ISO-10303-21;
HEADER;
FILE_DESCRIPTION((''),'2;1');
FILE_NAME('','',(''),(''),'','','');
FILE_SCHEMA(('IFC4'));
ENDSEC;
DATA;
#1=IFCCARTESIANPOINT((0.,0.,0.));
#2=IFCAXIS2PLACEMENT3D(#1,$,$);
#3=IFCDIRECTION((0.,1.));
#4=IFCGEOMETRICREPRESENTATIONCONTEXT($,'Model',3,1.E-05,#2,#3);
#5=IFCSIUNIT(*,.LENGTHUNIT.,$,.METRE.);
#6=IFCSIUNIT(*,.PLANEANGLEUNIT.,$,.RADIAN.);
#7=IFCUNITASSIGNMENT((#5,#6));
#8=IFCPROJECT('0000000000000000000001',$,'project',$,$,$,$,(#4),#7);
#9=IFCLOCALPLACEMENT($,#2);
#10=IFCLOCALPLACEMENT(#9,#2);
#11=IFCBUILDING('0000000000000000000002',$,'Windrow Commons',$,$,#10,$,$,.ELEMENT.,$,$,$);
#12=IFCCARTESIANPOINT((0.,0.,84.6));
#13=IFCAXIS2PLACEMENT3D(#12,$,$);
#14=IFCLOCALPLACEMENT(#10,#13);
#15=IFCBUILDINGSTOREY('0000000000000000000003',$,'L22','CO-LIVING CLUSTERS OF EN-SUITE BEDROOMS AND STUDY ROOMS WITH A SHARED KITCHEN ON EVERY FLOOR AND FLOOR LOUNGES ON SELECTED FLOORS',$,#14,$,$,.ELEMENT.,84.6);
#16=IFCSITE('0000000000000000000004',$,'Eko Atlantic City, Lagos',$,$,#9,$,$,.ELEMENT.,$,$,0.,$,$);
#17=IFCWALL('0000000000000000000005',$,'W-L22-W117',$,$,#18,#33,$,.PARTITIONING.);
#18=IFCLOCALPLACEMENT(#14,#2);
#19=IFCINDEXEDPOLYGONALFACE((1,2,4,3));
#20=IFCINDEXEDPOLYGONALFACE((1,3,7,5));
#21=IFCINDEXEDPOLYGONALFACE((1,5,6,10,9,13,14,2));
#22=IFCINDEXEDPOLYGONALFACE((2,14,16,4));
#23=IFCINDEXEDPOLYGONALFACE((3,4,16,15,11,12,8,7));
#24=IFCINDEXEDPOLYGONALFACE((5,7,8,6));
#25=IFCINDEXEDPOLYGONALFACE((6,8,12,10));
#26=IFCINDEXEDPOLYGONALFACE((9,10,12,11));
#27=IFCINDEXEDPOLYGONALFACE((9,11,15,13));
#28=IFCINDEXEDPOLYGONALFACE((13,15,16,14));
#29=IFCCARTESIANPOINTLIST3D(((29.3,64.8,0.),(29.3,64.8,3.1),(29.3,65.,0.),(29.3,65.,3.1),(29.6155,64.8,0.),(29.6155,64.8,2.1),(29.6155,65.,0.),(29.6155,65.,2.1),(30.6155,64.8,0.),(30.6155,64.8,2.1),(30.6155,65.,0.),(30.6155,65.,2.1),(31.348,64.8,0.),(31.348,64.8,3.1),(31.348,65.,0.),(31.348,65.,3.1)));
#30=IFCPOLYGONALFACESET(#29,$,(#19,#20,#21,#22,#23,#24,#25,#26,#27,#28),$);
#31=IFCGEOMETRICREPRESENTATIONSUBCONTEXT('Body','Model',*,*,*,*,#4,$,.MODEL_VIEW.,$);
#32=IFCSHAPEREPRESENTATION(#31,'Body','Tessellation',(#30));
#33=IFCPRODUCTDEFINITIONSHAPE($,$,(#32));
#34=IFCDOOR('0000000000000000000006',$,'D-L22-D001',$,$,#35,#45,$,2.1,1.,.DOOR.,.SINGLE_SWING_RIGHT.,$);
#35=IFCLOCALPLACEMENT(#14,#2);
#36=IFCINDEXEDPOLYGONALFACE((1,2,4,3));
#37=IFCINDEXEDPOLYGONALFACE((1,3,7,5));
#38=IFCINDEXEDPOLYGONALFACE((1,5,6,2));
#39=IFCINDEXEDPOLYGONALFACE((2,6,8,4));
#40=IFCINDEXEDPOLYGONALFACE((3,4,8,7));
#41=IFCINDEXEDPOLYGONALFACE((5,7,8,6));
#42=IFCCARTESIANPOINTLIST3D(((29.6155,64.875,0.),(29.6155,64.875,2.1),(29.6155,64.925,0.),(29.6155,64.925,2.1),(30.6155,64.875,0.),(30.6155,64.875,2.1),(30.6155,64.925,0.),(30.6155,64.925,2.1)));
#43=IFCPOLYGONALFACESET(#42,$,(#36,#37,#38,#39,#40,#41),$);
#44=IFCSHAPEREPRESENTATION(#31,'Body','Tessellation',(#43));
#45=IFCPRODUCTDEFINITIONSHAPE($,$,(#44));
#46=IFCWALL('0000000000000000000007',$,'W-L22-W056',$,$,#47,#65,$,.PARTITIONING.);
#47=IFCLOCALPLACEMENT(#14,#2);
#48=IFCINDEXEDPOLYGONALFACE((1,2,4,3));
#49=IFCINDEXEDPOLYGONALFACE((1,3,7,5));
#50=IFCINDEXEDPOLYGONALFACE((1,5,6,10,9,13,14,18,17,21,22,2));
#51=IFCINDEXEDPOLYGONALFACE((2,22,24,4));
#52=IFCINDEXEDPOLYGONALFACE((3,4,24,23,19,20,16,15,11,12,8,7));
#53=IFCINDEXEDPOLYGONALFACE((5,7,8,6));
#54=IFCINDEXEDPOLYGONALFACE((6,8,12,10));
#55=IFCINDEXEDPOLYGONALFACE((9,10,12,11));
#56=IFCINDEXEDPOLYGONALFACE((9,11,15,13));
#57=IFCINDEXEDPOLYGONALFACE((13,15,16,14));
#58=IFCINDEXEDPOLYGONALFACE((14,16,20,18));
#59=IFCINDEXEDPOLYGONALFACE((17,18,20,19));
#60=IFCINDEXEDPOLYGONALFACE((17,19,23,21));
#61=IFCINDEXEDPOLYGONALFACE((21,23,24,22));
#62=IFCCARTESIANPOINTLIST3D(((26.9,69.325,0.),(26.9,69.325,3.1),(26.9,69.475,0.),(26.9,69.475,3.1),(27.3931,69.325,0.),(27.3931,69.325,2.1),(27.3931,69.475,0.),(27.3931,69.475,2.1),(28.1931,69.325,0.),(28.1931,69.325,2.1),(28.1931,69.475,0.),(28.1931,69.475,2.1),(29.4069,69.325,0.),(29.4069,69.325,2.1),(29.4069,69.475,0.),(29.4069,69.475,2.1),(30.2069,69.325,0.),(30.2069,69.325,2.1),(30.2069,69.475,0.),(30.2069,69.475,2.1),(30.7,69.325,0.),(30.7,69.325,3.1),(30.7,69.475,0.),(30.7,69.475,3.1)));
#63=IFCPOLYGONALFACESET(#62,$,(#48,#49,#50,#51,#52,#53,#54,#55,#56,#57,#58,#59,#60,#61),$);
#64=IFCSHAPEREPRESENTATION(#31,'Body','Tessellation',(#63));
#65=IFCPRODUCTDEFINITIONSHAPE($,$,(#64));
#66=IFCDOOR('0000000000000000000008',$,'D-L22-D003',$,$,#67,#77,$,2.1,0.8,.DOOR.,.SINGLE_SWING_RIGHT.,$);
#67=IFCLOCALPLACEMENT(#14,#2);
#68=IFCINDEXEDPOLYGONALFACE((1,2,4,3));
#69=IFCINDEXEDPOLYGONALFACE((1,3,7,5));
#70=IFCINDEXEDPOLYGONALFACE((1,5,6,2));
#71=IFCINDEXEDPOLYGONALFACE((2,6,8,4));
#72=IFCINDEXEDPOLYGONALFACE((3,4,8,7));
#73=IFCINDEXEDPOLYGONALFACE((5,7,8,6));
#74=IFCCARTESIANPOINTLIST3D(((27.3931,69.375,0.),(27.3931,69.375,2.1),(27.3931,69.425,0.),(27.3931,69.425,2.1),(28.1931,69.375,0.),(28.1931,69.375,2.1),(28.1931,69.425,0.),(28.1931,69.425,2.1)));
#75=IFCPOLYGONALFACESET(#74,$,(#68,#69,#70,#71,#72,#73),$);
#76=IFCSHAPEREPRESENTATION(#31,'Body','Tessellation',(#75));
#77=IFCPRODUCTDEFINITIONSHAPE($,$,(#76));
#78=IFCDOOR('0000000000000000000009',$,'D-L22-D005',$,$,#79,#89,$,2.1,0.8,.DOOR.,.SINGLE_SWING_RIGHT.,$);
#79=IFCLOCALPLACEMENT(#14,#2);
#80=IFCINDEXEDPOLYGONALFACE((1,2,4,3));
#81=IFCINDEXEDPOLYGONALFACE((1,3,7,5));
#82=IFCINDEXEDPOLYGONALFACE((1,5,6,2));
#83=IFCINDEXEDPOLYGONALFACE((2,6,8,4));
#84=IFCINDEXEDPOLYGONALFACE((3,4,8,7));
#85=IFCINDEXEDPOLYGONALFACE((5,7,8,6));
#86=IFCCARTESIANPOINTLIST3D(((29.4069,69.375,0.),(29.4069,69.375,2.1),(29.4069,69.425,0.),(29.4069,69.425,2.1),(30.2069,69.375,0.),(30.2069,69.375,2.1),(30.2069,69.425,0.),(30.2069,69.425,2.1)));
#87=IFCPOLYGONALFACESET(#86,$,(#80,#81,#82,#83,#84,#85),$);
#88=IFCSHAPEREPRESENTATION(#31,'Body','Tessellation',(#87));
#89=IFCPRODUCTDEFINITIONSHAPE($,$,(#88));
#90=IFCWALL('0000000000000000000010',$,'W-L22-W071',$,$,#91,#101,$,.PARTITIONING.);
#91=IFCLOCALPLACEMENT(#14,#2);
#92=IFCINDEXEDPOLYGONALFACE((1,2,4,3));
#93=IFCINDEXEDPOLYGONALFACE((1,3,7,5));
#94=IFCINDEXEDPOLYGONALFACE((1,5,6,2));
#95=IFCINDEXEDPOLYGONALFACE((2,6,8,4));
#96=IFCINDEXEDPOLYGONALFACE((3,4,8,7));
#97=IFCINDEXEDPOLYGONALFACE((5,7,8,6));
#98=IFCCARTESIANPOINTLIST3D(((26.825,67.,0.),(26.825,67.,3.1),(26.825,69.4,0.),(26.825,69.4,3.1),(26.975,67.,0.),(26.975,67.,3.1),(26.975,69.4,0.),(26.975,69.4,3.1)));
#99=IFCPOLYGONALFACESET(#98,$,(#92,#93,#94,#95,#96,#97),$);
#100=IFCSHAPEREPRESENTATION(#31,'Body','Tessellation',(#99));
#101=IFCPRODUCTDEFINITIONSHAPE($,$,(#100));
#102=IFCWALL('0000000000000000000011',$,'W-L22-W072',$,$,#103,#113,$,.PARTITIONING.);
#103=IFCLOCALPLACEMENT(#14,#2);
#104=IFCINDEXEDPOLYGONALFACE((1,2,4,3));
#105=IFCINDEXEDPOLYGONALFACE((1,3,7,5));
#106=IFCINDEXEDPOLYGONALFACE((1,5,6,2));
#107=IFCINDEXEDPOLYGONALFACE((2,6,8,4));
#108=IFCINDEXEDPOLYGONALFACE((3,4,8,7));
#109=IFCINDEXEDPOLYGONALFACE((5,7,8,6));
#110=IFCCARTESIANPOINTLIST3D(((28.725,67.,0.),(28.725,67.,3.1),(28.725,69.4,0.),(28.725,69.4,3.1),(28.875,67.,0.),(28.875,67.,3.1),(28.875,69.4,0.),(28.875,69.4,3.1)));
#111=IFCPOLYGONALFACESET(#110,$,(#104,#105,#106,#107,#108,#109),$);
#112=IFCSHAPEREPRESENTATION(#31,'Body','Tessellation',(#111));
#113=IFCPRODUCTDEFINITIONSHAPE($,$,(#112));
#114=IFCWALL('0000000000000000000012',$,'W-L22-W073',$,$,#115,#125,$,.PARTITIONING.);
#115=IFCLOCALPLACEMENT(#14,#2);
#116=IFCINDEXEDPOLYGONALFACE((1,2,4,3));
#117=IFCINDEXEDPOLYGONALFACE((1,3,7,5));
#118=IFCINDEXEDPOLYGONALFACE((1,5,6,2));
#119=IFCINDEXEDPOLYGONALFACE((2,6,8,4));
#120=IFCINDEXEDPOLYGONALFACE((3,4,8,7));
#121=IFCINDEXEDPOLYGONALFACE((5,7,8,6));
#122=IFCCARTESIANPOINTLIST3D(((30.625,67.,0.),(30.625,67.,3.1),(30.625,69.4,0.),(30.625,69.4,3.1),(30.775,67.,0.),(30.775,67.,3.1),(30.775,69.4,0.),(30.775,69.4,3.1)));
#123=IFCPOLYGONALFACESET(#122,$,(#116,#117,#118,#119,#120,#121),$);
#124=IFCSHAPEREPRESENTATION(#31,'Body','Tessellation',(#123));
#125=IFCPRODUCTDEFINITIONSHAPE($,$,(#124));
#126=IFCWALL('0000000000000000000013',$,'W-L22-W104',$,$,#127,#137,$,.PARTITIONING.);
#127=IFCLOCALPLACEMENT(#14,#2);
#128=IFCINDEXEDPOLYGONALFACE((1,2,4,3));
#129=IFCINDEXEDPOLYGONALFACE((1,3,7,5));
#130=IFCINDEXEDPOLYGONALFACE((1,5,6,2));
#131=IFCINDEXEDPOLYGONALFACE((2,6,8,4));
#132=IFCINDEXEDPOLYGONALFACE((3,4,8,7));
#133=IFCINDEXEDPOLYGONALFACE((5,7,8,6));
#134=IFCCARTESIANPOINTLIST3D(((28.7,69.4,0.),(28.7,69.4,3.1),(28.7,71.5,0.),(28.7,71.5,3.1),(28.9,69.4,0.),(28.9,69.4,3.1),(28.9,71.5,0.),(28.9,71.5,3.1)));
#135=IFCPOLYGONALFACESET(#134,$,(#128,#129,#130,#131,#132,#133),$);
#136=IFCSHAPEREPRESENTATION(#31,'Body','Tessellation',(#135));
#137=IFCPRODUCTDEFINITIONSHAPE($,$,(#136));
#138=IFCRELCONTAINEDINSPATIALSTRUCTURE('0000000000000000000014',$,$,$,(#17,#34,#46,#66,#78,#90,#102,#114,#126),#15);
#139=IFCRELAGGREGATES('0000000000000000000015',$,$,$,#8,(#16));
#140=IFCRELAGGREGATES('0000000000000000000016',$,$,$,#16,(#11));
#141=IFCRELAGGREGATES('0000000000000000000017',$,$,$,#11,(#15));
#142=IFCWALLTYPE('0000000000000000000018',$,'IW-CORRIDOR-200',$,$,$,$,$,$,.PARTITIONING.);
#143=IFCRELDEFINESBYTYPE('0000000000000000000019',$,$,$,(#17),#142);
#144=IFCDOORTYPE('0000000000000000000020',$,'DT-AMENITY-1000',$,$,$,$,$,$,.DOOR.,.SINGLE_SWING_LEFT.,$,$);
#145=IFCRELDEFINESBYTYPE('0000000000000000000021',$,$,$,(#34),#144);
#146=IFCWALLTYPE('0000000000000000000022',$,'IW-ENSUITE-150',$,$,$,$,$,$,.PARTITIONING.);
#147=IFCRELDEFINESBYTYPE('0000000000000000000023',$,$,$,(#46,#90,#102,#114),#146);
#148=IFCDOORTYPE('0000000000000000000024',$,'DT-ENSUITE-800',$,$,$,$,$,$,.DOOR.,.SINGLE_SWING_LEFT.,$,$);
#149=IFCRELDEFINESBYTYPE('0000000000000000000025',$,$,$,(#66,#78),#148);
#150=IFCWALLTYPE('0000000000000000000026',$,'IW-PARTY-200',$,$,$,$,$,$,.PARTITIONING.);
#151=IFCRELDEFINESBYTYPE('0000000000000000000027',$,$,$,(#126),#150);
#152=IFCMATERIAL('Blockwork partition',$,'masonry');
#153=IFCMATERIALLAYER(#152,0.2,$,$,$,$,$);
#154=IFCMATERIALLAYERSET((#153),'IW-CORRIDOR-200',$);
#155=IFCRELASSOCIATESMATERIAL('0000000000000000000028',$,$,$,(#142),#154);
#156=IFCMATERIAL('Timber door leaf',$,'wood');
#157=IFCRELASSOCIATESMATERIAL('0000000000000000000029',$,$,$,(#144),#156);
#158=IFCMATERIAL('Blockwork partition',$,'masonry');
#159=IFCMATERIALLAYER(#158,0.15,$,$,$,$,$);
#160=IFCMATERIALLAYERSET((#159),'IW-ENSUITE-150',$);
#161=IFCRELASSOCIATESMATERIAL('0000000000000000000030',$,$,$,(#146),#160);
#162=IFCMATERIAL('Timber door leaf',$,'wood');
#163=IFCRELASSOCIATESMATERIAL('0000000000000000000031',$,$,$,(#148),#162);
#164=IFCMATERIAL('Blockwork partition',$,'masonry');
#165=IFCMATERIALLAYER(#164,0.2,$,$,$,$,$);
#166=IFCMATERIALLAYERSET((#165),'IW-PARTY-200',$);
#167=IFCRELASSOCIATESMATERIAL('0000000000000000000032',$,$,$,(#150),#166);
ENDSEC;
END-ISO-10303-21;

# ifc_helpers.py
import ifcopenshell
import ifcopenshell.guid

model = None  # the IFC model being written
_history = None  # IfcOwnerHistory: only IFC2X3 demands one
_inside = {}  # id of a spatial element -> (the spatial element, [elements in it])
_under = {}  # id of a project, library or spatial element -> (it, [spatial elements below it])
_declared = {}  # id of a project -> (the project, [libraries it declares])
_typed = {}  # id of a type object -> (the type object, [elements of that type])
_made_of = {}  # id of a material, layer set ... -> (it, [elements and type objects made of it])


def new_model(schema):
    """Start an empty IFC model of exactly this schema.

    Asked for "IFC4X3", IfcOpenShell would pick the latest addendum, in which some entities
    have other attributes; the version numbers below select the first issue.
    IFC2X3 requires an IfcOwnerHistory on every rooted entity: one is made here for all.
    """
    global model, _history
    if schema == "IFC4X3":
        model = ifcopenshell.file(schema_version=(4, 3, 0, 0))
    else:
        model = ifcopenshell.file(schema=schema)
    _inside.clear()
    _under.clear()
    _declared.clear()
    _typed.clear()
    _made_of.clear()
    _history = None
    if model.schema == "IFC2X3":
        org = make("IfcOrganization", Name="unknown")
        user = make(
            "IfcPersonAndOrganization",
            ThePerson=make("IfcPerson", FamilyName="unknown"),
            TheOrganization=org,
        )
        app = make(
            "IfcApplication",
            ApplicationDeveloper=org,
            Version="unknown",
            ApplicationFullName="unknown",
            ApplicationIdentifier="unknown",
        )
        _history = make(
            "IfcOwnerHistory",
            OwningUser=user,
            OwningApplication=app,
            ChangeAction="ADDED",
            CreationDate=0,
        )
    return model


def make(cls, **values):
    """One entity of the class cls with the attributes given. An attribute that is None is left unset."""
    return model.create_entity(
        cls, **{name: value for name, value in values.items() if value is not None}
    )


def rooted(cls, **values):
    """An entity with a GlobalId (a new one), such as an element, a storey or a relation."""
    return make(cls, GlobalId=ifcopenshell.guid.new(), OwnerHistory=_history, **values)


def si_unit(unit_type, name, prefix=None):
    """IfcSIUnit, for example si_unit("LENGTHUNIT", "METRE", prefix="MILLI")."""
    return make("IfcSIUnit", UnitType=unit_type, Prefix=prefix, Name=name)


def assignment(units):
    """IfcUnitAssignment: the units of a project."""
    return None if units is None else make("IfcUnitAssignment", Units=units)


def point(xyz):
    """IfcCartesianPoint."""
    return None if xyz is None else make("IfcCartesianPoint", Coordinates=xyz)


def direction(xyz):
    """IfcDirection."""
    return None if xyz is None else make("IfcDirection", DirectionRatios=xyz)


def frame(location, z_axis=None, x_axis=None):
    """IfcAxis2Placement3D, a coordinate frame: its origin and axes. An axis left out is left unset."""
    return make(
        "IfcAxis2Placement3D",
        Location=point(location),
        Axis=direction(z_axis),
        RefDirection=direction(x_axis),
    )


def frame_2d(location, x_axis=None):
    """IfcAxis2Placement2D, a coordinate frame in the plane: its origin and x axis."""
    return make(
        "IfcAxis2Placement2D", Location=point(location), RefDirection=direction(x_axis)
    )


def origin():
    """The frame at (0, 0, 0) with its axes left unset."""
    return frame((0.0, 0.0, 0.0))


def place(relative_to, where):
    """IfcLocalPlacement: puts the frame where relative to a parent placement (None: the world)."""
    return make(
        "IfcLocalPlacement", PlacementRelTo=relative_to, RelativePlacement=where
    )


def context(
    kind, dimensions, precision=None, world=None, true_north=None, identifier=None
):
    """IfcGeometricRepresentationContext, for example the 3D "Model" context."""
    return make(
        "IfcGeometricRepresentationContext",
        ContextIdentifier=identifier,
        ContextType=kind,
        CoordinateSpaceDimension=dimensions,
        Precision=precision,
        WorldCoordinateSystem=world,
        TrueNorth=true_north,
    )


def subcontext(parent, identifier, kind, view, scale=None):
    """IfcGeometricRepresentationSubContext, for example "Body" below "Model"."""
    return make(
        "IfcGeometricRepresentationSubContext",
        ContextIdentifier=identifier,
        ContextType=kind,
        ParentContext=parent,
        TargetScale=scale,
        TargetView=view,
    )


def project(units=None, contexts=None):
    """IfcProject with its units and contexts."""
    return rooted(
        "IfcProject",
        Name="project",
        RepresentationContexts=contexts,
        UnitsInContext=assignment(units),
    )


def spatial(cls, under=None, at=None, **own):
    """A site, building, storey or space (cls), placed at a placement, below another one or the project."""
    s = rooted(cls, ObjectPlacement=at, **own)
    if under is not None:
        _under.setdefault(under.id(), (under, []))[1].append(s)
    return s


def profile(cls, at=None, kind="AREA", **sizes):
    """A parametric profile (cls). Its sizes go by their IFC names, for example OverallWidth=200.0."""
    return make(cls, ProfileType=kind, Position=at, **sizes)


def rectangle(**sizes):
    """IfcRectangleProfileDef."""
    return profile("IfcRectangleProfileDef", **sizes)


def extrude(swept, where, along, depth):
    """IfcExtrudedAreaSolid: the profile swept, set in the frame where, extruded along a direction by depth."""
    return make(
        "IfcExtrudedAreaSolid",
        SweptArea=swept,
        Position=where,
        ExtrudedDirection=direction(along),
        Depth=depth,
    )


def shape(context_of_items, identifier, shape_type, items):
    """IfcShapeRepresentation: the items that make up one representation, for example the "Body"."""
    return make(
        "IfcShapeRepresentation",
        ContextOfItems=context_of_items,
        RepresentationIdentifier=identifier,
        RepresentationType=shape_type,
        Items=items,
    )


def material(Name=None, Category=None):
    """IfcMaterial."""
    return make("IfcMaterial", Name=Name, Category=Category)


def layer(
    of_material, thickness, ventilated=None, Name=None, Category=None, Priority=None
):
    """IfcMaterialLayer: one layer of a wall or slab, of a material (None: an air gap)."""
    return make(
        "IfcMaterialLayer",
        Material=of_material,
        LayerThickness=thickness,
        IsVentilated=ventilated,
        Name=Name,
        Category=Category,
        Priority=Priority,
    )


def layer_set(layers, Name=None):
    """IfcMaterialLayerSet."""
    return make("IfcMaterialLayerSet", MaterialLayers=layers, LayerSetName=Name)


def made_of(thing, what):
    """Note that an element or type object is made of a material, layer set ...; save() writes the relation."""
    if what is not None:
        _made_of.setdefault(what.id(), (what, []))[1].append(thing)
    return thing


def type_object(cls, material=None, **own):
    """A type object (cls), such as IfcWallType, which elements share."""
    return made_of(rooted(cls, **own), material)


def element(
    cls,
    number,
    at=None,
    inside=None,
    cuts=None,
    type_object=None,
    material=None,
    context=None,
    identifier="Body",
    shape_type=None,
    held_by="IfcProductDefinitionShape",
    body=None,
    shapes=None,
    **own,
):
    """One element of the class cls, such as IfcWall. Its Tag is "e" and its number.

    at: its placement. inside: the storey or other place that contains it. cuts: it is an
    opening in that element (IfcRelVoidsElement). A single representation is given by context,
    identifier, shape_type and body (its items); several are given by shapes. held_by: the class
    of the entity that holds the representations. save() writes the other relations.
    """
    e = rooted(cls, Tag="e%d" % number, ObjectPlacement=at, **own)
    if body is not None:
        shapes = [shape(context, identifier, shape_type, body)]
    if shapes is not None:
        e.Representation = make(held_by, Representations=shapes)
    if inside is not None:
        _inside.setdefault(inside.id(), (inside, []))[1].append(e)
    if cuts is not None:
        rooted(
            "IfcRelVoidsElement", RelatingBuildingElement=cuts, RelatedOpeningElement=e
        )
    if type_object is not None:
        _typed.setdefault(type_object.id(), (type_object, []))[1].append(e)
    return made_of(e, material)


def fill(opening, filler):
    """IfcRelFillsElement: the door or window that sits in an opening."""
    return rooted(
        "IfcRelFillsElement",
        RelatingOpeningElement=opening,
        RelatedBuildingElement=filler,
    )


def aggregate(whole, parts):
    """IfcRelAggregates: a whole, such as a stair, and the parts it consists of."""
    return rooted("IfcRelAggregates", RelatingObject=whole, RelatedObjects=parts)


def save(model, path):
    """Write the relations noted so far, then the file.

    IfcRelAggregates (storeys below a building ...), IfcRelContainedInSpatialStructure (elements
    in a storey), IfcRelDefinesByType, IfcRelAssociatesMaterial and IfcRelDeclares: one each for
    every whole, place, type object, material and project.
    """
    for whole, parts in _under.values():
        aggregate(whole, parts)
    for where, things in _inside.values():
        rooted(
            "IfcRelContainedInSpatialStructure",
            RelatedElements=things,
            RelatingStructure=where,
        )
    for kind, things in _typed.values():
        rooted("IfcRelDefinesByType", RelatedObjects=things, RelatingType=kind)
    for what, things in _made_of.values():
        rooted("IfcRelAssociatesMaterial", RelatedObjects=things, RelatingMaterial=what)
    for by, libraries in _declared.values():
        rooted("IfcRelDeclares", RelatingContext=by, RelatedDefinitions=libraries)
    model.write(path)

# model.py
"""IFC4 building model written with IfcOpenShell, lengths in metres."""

from ifc_helpers import new_model, si_unit, direction, frame, frame_2d, origin, place, context, subcontext, project, spatial, rectangle, extrude, material, layer, layer_set, type_object, element, fill, save


model = new_model("IFC4")

# Units and contexts
model_context = context("Model", 3, precision=1e-05, world=origin(), true_north=direction((0.0, 1.0)))
body_context = subcontext(model_context, "Body", "Model", "MODEL_VIEW")
ifc_project = project(units=[si_unit("LENGTHUNIT", "METRE"), si_unit("PLANEANGLEUNIT", "RADIAN")], contexts=[model_context])

# Site, building, storey
site_placement = place(None, origin())
site = spatial("IfcSite", under=ifc_project, at=site_placement, Name="Eko Atlantic City, Lagos", CompositionType="ELEMENT", RefElevation=0.0)
building_placement = place(site_placement, origin())
building = spatial("IfcBuilding", under=site, at=building_placement, Name="Windrow Commons", CompositionType="ELEMENT")
storey_placement = place(building_placement, frame((0.0, 0.0, 84.6)))
storey = spatial("IfcBuildingStorey", under=building, at=storey_placement, Name="L22", Description="CO-LIVING CLUSTERS OF EN-SUITE BEDROOMS AND STUDY ROOMS WITH A SHARED KITCHEN ON EVERY FLOOR AND FLOOR LOUNGES ON SELECTED FLOORS", CompositionType="ELEMENT", Elevation=84.6)

# Wall, opening, door
ifc_material_1 = material(Name="Blockwork partition", Category="masonry")
ifc_layer_1 = layer(ifc_material_1, 0.2)
ifc_layer_set_1 = layer_set([ifc_layer_1], Name="IW-CORRIDOR-200")
wall_type_1 = type_object("IfcWallType", Name="IW-CORRIDOR-200", PredefinedType="PARTITIONING", material=ifc_layer_set_1)
wall_1_placement = place(storey_placement, frame((29.3, 64.9, 0.0), z_axis=(0.0, 0.0, 1.0), x_axis=(1.0, 0.0, 0.0)))
wall_1 = element("IfcWall", 1, at=wall_1_placement, inside=storey, type_object=wall_type_1, Name="W-L22-W117", PredefinedType="PARTITIONING", context=body_context, shape_type="SweptSolid", body=[
    extrude(rectangle(XDim=2.048, YDim=0.2, at=frame_2d((1.024, 0.0))), origin(), (0.0, 0.0, 1.0), 3.1),
])
opening_1_placement = place(wall_1_placement, frame((0.3155, 0.0, 0.0)))
opening_1 = element("IfcOpeningElement", 2, at=opening_1_placement, cuts=wall_1, PredefinedType="OPENING", context=body_context, shape_type="SweptSolid", body=[
    extrude(rectangle(XDim=1.0, YDim=2.1, at=frame_2d((0.5, 1.05))), frame((0.0, 0.11, 0.0), z_axis=(0.0, -1.0, 0.0), x_axis=(1.0, 0.0, 0.0)), (0.0, 0.0, 1.0), 0.22),
])
ifc_material_2 = material(Name="Timber door leaf", Category="wood")
door_type_1 = type_object("IfcDoorType", Name="DT-AMENITY-1000", OperationType="SINGLE_SWING_LEFT", PredefinedType="DOOR", material=ifc_material_2)
door_1_placement = place(opening_1_placement, origin())
door_1 = element("IfcDoor", 3, at=door_1_placement, inside=storey, type_object=door_type_1, Name="D-L22-D001", OperationType="SINGLE_SWING_RIGHT", OverallHeight=2.1, OverallWidth=1.0, PredefinedType="DOOR", context=body_context, shape_type="SweptSolid", body=[
    extrude(rectangle(XDim=1.0, YDim=2.1, at=frame_2d((0.5, 1.05))), frame((0.0, 0.025, 0.0), z_axis=(0.0, -1.0, 0.0), x_axis=(1.0, 0.0, 0.0)), (0.0, 0.0, 1.0), 0.05),
])
fill(opening_1, door_1)

# Wall, openings, doors
ifc_material_3 = material(Name="Blockwork partition", Category="masonry")
ifc_layer_2 = layer(ifc_material_3, 0.15)
ifc_layer_set_2 = layer_set([ifc_layer_2], Name="IW-ENSUITE-150")
wall_type_2 = type_object("IfcWallType", Name="IW-ENSUITE-150", PredefinedType="PARTITIONING", material=ifc_layer_set_2)
wall_2_placement = place(storey_placement, frame((26.9, 69.4, 0.0), z_axis=(0.0, 0.0, 1.0), x_axis=(1.0, 0.0, 0.0)))
wall_2 = element("IfcWall", 4, at=wall_2_placement, inside=storey, type_object=wall_type_2, Name="W-L22-W056", PredefinedType="PARTITIONING", context=body_context, shape_type="SweptSolid", body=[
    extrude(rectangle(XDim=3.8, YDim=0.15, at=frame_2d((1.9, 0.0))), origin(), (0.0, 0.0, 1.0), 3.1),
])
opening_2_placement = place(wall_2_placement, frame((0.4931, 0.0, 0.0)))
opening_2 = element("IfcOpeningElement", 5, at=opening_2_placement, cuts=wall_2, PredefinedType="OPENING", context=body_context, shape_type="SweptSolid", body=[
    extrude(rectangle(XDim=0.8, YDim=2.1, at=frame_2d((0.4, 1.05))), frame((0.0, 0.085, 0.0), z_axis=(0.0, -1.0, 0.0), x_axis=(1.0, 0.0, 0.0)), (0.0, 0.0, 1.0), 0.17),
])
opening_3_placement = place(wall_2_placement, frame((2.5069, 0.0, 0.0)))
opening_3 = element("IfcOpeningElement", 6, at=opening_3_placement, cuts=wall_2, PredefinedType="OPENING", context=body_context, shape_type="SweptSolid", body=[
    extrude(rectangle(XDim=0.8, YDim=2.1, at=frame_2d((0.4, 1.05))), frame((0.0, 0.085, 0.0), z_axis=(0.0, -1.0, 0.0), x_axis=(1.0, 0.0, 0.0)), (0.0, 0.0, 1.0), 0.17),
])
ifc_material_4 = material(Name="Timber door leaf", Category="wood")
door_type_2 = type_object("IfcDoorType", Name="DT-ENSUITE-800", OperationType="SINGLE_SWING_LEFT", PredefinedType="DOOR", material=ifc_material_4)
door_2_placement = place(opening_2_placement, origin())
door_2 = element("IfcDoor", 7, at=door_2_placement, inside=storey, type_object=door_type_2, Name="D-L22-D003", OperationType="SINGLE_SWING_RIGHT", OverallHeight=2.1, OverallWidth=0.8, PredefinedType="DOOR", context=body_context, shape_type="SweptSolid", body=[
    extrude(rectangle(XDim=0.8, YDim=2.1, at=frame_2d((0.4, 1.05))), frame((0.0, 0.025, 0.0), z_axis=(0.0, -1.0, 0.0), x_axis=(1.0, 0.0, 0.0)), (0.0, 0.0, 1.0), 0.05),
])
fill(opening_2, door_2)
door_3_placement = place(opening_3_placement, origin())
door_3 = element("IfcDoor", 8, at=door_3_placement, inside=storey, type_object=door_type_2, Name="D-L22-D005", OperationType="SINGLE_SWING_RIGHT", OverallHeight=2.1, OverallWidth=0.8, PredefinedType="DOOR", context=body_context, shape_type="SweptSolid", body=[
    extrude(rectangle(XDim=0.8, YDim=2.1, at=frame_2d((0.4, 1.05))), frame((0.0, 0.025, 0.0), z_axis=(0.0, -1.0, 0.0), x_axis=(1.0, 0.0, 0.0)), (0.0, 0.0, 1.0), 0.05),
])
fill(opening_3, door_3)

# Walls
for number, where, z_axis, x_axis, name in (
    (9, (26.9, 67.0, 0.0), (0.0, 0.0, 1.0), (0.0, 1.0, 0.0), "W-L22-W071"),
    (10, (28.8, 67.0, 0.0), (0.0, 0.0, 1.0), (0.0, 1.0, 0.0), "W-L22-W072"),
    (11, (30.7, 67.0, 0.0), (0.0, 0.0, 1.0), (0.0, 1.0, 0.0), "W-L22-W073"),
):
    element("IfcWall", number, at=place(storey_placement, frame(where, z_axis=z_axis, x_axis=x_axis)), inside=storey, type_object=wall_type_2, Name=name, PredefinedType="PARTITIONING", context=body_context, shape_type="SweptSolid", body=[
        extrude(rectangle(XDim=2.4, YDim=0.15, at=frame_2d((1.2, 0.0))), origin(), (0.0, 0.0, 1.0), 3.1),
    ])
ifc_material_5 = material(Name="Blockwork partition", Category="masonry")
ifc_layer_3 = layer(ifc_material_5, 0.2)
ifc_layer_set_3 = layer_set([ifc_layer_3], Name="IW-PARTY-200")
wall_type_3 = type_object("IfcWallType", Name="IW-PARTY-200", PredefinedType="PARTITIONING", material=ifc_layer_set_3)
wall_3_placement = place(storey_placement, frame((28.8, 69.4, 0.0), z_axis=(0.0, 0.0, 1.0), x_axis=(0.0, 1.0, 0.0)))
element("IfcWall", 12, at=wall_3_placement, inside=storey, type_object=wall_type_3, Name="W-L22-W104", PredefinedType="PARTITIONING", context=body_context, shape_type="SweptSolid", body=[
    extrude(rectangle(XDim=2.1, YDim=0.2, at=frame_2d((1.05, 0.0))), origin(), (0.0, 0.0, 1.0), 3.1),
])

save(model, "model.ifc")
